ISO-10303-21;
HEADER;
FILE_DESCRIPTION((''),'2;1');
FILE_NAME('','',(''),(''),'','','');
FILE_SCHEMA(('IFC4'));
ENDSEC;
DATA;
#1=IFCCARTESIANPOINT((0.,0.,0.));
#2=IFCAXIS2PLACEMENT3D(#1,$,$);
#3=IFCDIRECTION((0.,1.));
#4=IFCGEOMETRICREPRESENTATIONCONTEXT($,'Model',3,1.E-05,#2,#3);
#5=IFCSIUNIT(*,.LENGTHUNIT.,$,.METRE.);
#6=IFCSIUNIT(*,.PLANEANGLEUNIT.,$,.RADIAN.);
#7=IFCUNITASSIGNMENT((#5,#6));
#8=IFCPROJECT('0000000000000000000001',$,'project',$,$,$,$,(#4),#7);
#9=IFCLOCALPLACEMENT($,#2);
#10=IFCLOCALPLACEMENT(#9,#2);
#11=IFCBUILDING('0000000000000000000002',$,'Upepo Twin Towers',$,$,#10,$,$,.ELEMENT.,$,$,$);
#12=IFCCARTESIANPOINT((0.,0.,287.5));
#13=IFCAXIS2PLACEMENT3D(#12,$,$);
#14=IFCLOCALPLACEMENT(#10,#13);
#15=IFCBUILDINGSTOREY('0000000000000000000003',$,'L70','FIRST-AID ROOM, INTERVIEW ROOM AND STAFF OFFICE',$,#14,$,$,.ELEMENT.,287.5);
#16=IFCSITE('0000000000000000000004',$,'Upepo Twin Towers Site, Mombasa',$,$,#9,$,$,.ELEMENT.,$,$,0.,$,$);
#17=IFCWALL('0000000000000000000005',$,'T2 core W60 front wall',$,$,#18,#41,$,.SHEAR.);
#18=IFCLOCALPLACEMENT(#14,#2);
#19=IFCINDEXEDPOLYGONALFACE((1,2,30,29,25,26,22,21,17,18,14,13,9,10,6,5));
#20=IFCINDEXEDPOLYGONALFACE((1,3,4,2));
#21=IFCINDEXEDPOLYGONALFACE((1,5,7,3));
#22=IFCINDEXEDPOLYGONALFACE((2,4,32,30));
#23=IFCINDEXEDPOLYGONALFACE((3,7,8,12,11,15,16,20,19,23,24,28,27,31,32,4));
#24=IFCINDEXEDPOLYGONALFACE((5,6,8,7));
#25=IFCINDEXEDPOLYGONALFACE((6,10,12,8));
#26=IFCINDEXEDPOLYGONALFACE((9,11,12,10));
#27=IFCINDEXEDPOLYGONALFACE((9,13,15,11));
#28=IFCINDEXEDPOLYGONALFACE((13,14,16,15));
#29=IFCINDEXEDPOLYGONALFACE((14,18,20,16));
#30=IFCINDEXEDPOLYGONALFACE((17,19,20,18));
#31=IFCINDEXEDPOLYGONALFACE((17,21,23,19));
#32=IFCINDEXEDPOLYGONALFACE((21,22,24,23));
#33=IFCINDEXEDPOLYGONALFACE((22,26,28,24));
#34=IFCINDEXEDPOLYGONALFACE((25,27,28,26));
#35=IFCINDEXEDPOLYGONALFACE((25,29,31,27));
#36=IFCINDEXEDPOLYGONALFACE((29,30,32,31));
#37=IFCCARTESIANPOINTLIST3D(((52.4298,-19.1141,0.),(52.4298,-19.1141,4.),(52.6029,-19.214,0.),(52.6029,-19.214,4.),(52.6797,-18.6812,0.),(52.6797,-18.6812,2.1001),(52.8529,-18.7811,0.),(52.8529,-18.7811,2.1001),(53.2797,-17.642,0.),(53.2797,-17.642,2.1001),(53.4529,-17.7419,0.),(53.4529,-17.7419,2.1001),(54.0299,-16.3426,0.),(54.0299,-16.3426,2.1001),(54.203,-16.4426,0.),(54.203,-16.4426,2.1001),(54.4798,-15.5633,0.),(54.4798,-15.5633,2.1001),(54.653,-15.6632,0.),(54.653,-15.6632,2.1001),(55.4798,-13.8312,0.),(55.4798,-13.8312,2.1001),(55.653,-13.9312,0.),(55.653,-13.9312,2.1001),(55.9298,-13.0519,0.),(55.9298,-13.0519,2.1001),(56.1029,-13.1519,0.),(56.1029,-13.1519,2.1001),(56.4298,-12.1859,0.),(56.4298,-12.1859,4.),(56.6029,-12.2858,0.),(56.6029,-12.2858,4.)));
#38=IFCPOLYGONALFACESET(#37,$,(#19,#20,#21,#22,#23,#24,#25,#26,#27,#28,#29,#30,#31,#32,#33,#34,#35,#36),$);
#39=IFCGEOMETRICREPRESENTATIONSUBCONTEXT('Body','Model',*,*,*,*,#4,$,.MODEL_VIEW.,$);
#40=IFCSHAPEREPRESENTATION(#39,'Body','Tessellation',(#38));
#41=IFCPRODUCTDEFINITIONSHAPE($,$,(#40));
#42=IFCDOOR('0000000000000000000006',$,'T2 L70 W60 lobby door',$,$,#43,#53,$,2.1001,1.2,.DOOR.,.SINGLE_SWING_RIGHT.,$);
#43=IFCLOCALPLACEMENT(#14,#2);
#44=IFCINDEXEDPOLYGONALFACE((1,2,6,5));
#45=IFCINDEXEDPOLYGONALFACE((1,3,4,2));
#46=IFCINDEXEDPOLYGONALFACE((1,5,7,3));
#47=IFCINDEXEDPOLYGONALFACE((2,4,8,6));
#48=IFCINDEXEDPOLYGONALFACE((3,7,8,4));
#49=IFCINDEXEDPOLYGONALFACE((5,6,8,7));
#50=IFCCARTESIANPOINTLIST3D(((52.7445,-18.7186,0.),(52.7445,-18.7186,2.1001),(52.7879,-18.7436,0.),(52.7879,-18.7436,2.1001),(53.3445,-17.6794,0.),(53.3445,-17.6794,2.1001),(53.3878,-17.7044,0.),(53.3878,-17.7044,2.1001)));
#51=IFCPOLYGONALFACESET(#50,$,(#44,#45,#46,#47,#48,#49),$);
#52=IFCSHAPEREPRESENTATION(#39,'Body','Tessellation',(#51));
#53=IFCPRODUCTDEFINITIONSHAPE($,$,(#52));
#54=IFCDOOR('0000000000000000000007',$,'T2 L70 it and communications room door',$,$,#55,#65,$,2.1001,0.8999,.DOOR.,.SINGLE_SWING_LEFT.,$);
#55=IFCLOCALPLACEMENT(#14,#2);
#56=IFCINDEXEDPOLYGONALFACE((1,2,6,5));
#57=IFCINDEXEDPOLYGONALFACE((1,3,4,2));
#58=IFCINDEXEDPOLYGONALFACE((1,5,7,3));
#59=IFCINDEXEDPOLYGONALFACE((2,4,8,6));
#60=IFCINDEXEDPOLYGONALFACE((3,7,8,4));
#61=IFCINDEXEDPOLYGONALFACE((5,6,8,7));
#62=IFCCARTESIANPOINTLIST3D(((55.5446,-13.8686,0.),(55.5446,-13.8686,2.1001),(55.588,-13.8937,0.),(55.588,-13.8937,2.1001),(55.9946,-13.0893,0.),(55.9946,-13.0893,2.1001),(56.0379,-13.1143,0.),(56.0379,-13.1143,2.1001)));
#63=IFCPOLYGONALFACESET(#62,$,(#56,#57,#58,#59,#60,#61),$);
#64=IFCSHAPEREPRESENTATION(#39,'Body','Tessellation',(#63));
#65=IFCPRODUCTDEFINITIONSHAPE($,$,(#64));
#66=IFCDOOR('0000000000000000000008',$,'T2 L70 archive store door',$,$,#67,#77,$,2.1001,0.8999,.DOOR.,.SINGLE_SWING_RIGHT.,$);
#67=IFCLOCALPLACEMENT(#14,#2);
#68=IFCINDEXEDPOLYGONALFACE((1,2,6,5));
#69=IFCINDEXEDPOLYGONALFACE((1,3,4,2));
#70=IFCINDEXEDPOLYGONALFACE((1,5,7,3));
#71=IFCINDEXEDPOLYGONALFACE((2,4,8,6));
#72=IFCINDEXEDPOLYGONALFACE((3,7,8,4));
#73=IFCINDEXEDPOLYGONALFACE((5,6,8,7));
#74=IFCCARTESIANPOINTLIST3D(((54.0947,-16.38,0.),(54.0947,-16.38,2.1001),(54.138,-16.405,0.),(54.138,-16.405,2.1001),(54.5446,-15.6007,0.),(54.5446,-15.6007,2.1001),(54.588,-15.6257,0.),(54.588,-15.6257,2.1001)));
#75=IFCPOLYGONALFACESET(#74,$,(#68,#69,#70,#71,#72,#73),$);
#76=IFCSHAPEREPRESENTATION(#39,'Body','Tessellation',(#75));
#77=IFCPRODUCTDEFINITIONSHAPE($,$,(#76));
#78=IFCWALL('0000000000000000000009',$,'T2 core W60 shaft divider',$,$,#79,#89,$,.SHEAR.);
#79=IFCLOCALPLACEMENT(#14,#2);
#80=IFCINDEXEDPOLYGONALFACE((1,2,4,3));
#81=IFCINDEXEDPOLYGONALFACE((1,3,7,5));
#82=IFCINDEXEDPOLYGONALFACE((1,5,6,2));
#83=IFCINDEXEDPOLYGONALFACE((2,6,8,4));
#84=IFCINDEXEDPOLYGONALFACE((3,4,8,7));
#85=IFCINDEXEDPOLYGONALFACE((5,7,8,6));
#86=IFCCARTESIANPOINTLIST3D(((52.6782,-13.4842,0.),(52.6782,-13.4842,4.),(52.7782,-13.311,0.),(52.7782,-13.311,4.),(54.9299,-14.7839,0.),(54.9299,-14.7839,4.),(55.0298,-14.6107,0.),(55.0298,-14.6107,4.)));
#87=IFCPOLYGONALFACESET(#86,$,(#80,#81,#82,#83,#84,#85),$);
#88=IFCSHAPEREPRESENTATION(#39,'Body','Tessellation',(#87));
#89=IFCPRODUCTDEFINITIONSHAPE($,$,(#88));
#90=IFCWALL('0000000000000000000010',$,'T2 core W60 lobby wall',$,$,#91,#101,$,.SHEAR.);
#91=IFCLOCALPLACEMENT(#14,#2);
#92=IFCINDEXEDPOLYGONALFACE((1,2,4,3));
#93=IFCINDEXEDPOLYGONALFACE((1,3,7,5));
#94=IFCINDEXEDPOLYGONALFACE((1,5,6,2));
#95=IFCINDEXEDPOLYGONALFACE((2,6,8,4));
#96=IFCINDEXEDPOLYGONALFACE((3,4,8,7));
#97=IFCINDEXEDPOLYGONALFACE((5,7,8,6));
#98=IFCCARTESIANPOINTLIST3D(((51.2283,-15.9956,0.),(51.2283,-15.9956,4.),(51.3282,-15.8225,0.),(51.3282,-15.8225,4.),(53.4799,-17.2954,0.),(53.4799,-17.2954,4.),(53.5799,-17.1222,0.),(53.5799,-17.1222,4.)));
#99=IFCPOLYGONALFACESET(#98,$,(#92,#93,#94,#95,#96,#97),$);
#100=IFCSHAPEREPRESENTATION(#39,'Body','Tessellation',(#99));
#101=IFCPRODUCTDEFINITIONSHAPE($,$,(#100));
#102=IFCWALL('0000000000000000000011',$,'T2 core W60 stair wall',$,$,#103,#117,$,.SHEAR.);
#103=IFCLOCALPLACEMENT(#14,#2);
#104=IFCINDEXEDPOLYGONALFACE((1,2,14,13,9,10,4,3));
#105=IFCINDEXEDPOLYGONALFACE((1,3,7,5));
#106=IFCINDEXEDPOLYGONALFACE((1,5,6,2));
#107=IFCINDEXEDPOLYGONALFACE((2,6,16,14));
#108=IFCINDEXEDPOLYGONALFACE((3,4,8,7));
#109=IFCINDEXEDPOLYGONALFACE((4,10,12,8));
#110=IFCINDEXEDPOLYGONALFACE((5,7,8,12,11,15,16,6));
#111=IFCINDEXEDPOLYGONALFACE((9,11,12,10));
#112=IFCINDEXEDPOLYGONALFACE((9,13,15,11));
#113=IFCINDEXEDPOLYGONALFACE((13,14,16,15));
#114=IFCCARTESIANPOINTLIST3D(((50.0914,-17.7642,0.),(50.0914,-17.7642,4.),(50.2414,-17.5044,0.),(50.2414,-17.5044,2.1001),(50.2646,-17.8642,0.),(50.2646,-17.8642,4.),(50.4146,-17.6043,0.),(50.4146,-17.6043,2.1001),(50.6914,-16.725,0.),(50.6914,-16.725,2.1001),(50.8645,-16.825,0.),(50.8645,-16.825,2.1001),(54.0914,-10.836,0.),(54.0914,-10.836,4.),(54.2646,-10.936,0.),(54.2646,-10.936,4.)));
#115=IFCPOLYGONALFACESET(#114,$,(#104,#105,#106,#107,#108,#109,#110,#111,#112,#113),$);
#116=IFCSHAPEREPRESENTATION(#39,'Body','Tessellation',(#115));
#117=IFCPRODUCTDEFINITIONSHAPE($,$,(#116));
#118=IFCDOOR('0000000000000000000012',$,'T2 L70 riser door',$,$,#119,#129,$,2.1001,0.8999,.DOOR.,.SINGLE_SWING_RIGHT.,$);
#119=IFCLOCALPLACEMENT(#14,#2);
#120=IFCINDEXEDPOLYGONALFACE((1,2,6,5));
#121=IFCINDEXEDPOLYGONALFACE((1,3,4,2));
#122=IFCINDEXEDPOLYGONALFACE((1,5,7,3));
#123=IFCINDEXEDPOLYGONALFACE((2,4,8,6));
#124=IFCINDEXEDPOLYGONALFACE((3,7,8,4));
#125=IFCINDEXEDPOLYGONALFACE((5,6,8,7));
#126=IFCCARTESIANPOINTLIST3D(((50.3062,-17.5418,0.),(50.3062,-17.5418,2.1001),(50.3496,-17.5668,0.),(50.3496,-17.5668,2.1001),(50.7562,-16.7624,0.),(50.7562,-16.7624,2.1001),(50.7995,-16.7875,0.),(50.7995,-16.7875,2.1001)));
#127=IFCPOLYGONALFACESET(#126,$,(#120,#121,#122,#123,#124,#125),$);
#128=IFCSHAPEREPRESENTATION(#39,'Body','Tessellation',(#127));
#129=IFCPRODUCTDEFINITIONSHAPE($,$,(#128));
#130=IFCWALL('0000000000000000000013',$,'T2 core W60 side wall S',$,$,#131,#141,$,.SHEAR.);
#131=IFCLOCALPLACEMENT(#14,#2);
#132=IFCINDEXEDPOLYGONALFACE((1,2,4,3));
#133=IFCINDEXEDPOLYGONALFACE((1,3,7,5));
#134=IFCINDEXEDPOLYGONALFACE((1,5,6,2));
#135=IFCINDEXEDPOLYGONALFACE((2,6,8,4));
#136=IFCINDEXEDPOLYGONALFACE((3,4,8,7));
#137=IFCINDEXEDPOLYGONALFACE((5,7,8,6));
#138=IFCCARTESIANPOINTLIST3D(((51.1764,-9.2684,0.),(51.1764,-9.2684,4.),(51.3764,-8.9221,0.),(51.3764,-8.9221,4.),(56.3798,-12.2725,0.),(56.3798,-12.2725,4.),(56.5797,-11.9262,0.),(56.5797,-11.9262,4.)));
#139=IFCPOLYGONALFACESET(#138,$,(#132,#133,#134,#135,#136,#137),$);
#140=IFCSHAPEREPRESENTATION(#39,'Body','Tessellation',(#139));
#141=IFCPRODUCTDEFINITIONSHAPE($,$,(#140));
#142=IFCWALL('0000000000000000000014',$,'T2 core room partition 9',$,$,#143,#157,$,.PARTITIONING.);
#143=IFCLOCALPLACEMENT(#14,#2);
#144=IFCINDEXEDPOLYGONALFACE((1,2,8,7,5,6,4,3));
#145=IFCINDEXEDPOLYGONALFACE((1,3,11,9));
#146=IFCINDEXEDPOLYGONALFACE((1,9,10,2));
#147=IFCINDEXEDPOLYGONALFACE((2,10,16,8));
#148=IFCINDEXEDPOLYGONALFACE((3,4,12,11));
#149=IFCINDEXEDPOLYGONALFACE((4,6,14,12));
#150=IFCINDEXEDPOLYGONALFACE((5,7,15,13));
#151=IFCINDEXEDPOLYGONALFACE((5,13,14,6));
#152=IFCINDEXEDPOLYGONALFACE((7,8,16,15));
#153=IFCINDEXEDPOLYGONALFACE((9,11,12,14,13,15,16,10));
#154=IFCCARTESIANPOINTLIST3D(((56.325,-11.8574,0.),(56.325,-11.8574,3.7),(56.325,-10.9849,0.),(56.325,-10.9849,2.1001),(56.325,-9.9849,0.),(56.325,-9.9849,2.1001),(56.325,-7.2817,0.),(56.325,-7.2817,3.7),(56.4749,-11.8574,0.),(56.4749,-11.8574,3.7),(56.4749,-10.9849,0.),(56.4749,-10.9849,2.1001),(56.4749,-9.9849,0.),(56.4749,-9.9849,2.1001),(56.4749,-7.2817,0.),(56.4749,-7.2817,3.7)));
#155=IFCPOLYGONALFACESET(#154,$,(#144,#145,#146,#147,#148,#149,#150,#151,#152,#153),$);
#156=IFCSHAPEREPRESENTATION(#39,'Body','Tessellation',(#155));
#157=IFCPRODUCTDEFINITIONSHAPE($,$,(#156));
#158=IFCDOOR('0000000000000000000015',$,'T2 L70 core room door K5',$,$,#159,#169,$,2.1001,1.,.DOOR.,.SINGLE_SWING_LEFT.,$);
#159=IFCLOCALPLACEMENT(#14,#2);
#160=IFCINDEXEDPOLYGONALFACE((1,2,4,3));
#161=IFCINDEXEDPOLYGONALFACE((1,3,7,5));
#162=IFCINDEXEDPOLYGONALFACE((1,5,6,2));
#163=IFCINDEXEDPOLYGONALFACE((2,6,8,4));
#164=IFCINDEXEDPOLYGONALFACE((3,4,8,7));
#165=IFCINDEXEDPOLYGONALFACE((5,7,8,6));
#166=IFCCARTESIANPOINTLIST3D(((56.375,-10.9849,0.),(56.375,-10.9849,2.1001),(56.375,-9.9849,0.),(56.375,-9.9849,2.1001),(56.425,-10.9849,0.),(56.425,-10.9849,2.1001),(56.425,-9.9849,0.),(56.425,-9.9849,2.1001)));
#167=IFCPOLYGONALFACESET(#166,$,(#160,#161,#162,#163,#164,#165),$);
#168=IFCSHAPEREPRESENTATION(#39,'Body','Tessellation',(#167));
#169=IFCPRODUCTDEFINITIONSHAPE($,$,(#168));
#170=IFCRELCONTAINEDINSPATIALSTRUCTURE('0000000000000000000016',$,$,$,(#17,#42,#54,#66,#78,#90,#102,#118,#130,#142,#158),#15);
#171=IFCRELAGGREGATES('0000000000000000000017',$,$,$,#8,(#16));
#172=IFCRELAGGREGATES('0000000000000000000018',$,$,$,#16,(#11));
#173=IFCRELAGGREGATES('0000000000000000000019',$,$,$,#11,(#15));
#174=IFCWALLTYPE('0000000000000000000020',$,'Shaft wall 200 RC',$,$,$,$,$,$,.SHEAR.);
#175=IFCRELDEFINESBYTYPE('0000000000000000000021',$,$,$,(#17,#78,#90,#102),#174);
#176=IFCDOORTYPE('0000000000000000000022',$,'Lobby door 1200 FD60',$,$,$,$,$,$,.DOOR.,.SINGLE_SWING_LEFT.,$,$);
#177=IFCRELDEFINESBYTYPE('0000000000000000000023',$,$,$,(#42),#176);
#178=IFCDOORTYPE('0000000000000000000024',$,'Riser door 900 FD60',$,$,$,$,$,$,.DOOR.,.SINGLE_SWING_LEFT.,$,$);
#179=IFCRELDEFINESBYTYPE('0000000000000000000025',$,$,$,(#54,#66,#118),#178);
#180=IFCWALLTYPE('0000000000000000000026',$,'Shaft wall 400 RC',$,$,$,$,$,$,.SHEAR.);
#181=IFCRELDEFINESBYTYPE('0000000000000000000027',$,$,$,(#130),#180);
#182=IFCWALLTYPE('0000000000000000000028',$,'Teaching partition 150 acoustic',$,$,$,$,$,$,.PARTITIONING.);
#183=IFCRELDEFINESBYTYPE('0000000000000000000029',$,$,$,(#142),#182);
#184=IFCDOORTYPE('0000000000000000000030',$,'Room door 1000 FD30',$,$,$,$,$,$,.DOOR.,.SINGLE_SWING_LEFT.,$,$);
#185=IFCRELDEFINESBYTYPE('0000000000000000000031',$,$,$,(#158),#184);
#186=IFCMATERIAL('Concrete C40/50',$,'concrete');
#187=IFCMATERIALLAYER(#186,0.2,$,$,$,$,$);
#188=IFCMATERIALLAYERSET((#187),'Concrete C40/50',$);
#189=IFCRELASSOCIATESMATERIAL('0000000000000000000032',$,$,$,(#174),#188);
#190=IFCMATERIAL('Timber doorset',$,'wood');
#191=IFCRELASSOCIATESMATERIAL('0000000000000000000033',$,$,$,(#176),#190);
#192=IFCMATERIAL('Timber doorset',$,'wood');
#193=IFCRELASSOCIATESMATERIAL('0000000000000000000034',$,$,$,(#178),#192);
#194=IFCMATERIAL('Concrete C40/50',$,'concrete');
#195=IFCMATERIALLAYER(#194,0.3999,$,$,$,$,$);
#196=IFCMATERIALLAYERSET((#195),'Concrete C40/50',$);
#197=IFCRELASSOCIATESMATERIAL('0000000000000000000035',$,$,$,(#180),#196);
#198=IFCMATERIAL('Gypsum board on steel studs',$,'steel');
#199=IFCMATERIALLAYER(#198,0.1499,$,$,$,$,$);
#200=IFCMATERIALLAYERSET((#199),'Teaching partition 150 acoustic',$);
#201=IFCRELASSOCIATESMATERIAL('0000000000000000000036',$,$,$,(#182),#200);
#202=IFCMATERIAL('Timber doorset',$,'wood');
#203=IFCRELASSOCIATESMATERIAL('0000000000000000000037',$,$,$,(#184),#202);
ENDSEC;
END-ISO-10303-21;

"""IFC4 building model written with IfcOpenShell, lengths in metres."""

from ifc_helpers import new_model, si_unit, direction, frame, frame_2d, origin, place, context, subcontext, project, spatial, rectangle, extrude, material, layer, layer_set, type_object, element, fill, save


model = new_model("IFC4")

# Units and contexts
model_context = context("Model", 3, precision=1e-05, world=origin(), true_north=direction((0.0, 1.0)))
body_context = subcontext(model_context, "Body", "Model", "MODEL_VIEW")
ifc_project = project(units=[si_unit("LENGTHUNIT", "METRE"), si_unit("PLANEANGLEUNIT", "RADIAN")], contexts=[model_context])

# Site, building, storey
site_placement = place(None, origin())
site = spatial("IfcSite", under=ifc_project, at=site_placement, Name="Upepo Twin Towers Site, Mombasa", CompositionType="ELEMENT", RefElevation=0.0)
building_placement = place(site_placement, origin())
building = spatial("IfcBuilding", under=site, at=building_placement, Name="Upepo Twin Towers", CompositionType="ELEMENT")
storey_placement = place(building_placement, frame((0.0, 0.0, 287.5)))
storey = spatial("IfcBuildingStorey", under=building, at=storey_placement, Name="L70", Description="FIRST-AID ROOM, INTERVIEW ROOM AND STAFF OFFICE", CompositionType="ELEMENT", Elevation=287.5)

# Wall, openings, doors
ifc_material_1 = material(Name="Concrete C40/50", Category="concrete")
ifc_layer_1 = layer(ifc_material_1, 0.2)
ifc_layer_set_1 = layer_set([ifc_layer_1], Name="Concrete C40/50")
wall_type_1 = type_object("IfcWallType", Name="Shaft wall 200 RC", PredefinedType="SHEAR", material=ifc_layer_set_1)
wall_1_placement = place(storey_placement, frame((56.5164, -12.2358, 0.0), z_axis=(0.0, 0.0, 1.0), x_axis=(-0.499999, -0.866026, 0.0)))
wall_1 = element("IfcWall", 1, at=wall_1_placement, inside=storey, type_object=wall_type_1, Name="T2 core W60 front wall", PredefinedType="SHEAR", context=body_context, shape_type="SweptSolid", body=[
    extrude(rectangle(XDim=8.0, YDim=0.2, at=frame_2d((4.0, 0.0))), origin(), (0.0, 0.0, 1.0), 4.0),
])
opening_1_placement = place(wall_1_placement, frame((6.3, 0.0, 0.0)))
opening_1 = element("IfcOpeningElement", 2, at=opening_1_placement, cuts=wall_1, PredefinedType="OPENING", context=body_context, shape_type="SweptSolid", body=[
    extrude(rectangle(XDim=1.2, YDim=2.1001, at=frame_2d((0.6001, 1.05))), frame((0.0, 0.1099, 0.0), z_axis=(0.0, -1.0, 0.0), x_axis=(1.0, 0.0, 0.0)), (0.0, 0.0, 1.0), 0.22),
])
opening_2_placement = place(wall_1_placement, frame((1.0, 0.0, 0.0)))
opening_2 = element("IfcOpeningElement", 3, at=opening_2_placement, cuts=wall_1, PredefinedType="OPENING", context=body_context, shape_type="SweptSolid", body=[
    extrude(rectangle(XDim=0.8999, YDim=2.1001, at=frame_2d((0.45, 1.05))), frame((0.0, 0.1099, 0.0), z_axis=(0.0, -1.0, 0.0), x_axis=(1.0, 0.0, 0.0)), (0.0, 0.0, 1.0), 0.22),
])
opening_3_placement = place(wall_1_placement, frame((3.8999, 0.0, 0.0)))
opening_3 = element("IfcOpeningElement", 4, at=opening_3_placement, cuts=wall_1, PredefinedType="OPENING", context=body_context, shape_type="SweptSolid", body=[
    extrude(rectangle(XDim=0.8999, YDim=2.1001, at=frame_2d((0.45, 1.05))), frame((0.0, 0.1099, 0.0), z_axis=(0.0, -1.0, 0.0), x_axis=(1.0, 0.0, 0.0)), (0.0, 0.0, 1.0), 0.22),
])
ifc_material_2 = material(Name="Timber doorset", Category="wood")
door_type_1 = type_object("IfcDoorType", Name="Lobby door 1200 FD60", OperationType="SINGLE_SWING_LEFT", PredefinedType="DOOR", material=ifc_material_2)
door_1_placement = place(opening_1_placement, origin())
door_1 = element("IfcDoor", 5, at=door_1_placement, inside=storey, type_object=door_type_1, Name="T2 L70 W60 lobby door", OperationType="SINGLE_SWING_RIGHT", OverallHeight=2.1001, OverallWidth=1.2, PredefinedType="DOOR", context=body_context, shape_type="SweptSolid", body=[
    extrude(rectangle(XDim=1.2, YDim=2.1001, at=frame_2d((0.6001, 1.05))), frame((0.0, 0.0249, 0.0), z_axis=(0.0, -1.0, 0.0), x_axis=(1.0, 0.0, 0.0)), (0.0, 0.0, 1.0), 0.05),
])
fill(opening_1, door_1)
ifc_material_3 = material(Name="Timber doorset", Category="wood")
door_type_2 = type_object("IfcDoorType", Name="Riser door 900 FD60", OperationType="SINGLE_SWING_LEFT", PredefinedType="DOOR", material=ifc_material_3)
door_2_placement = place(opening_2_placement, origin())
door_2 = element("IfcDoor", 6, at=door_2_placement, inside=storey, type_object=door_type_2, Name="T2 L70 it and communications room door", OperationType="SINGLE_SWING_LEFT", OverallHeight=2.1001, OverallWidth=0.8999, PredefinedType="DOOR", context=body_context, shape_type="SweptSolid", body=[
    extrude(rectangle(XDim=0.8999, YDim=2.1001, at=frame_2d((0.45, 1.05))), frame((0.0, 0.0249, 0.0), z_axis=(0.0, -1.0, 0.0), x_axis=(1.0, 0.0, 0.0)), (0.0, 0.0, 1.0), 0.05),
])
fill(opening_2, door_2)
door_3_placement = place(opening_3_placement, origin())
door_3 = element("IfcDoor", 7, at=door_3_placement, inside=storey, type_object=door_type_2, Name="T2 L70 archive store door", OperationType="SINGLE_SWING_RIGHT", OverallHeight=2.1001, OverallWidth=0.8999, PredefinedType="DOOR", context=body_context, shape_type="SweptSolid", body=[
    extrude(rectangle(XDim=0.8999, YDim=2.1001, at=frame_2d((0.45, 1.05))), frame((0.0, 0.0249, 0.0), z_axis=(0.0, -1.0, 0.0), x_axis=(1.0, 0.0, 0.0)), (0.0, 0.0, 1.0), 0.05),
])
fill(opening_3, door_3)

# Walls
for number, where, z_axis, x_axis, name in (
    (8, (54.9797, -14.6973, 0.0), (0.0, 0.0, 1.0), (-0.866062, 0.499937, 0.0), "T2 core W60 shaft divider"),
    (9, (53.5298, -17.2087, 0.0), (0.0, 0.0, 1.0), (-0.866062, 0.499937, 0.0), "T2 core W60 lobby wall"),
):
    element("IfcWall", number, at=place(storey_placement, frame(where, z_axis=z_axis, x_axis=x_axis)), inside=storey, type_object=wall_type_1, Name=name, PredefinedType="SHEAR", context=body_context, shape_type="SweptSolid", body=[
        extrude(rectangle(XDim=2.5999, YDim=0.2, at=frame_2d((1.2998, 0.0))), origin(), (0.0, 0.0, 1.0), 4.0),
    ])

# Wall, opening, door
wall_2_placement = place(storey_placement, frame((54.178, -10.886, 0.0), z_axis=(0.0, 0.0, 1.0), x_axis=(-0.499999, -0.866026, 0.0)))
wall_2 = element("IfcWall", 10, at=wall_2_placement, inside=storey, type_object=wall_type_1, Name="T2 core W60 stair wall", PredefinedType="SHEAR", context=body_context, shape_type="SweptSolid", body=[
    extrude(rectangle(XDim=8.0, YDim=0.2, at=frame_2d((4.0, 0.0))), origin(), (0.0, 0.0, 1.0), 4.0),
])
opening_4_placement = place(wall_2_placement, frame((6.8, 0.0, 0.0)))
opening_4 = element("IfcOpeningElement", 11, at=opening_4_placement, cuts=wall_2, PredefinedType="OPENING", context=body_context, shape_type="SweptSolid", body=[
    extrude(rectangle(XDim=0.8999, YDim=2.1001, at=frame_2d((0.45, 1.05))), frame((0.0, 0.1099, 0.0), z_axis=(0.0, -1.0, 0.0), x_axis=(1.0, 0.0, 0.0)), (0.0, 0.0, 1.0), 0.22),
])
door_4_placement = place(opening_4_placement, origin())
door_4 = element("IfcDoor", 12, at=door_4_placement, inside=storey, type_object=door_type_2, Name="T2 L70 riser door", OperationType="SINGLE_SWING_RIGHT", OverallHeight=2.1001, OverallWidth=0.8999, PredefinedType="DOOR", context=body_context, shape_type="SweptSolid", body=[
    extrude(rectangle(XDim=0.8999, YDim=2.1001, at=frame_2d((0.45, 1.05))), frame((0.0, 0.0249, 0.0), z_axis=(0.0, -1.0, 0.0), x_axis=(1.0, 0.0, 0.0)), (0.0, 0.0, 1.0), 0.05),
])
fill(opening_4, door_4)

# Wall
ifc_material_4 = material(Name="Concrete C40/50", Category="concrete")
ifc_layer_2 = layer(ifc_material_4, 0.3999)
ifc_layer_set_2 = layer_set([ifc_layer_2], Name="Concrete C40/50")
wall_type_2 = type_object("IfcWallType", Name="Shaft wall 400 RC", PredefinedType="SHEAR", material=ifc_layer_set_2)
wall_3_placement = place(storey_placement, frame((56.4797, -12.0994, 0.0), z_axis=(0.0, 0.0, 1.0), x_axis=(-0.866027, 0.499998, 0.0)))
element("IfcWall", 13, at=wall_3_placement, inside=storey, type_object=wall_type_2, Name="T2 core W60 side wall S", PredefinedType="SHEAR", context=body_context, shape_type="SweptSolid", body=[
    extrude(rectangle(XDim=6.0083, YDim=0.3999, at=frame_2d((3.0042, 0.0))), origin(), (0.0, 0.0, 1.0), 4.0),
])

# Wall, opening, door
ifc_material_5 = material(Name="Gypsum board on steel studs", Category="steel")
ifc_layer_3 = layer(ifc_material_5, 0.1499)
ifc_layer_set_3 = layer_set([ifc_layer_3], Name="Teaching partition 150 acoustic")
wall_type_3 = type_object("IfcWallType", Name="Teaching partition 150 acoustic", PredefinedType="PARTITIONING", material=ifc_layer_set_3)
wall_4_placement = place(storey_placement, frame((56.3999, -11.8574, 0.0), z_axis=(0.0, 0.0, 1.0), x_axis=(0.0, 1.0, 0.0)))
wall_4 = element("IfcWall", 14, at=wall_4_placement, inside=storey, type_object=wall_type_3, Name="T2 core room partition 9", PredefinedType="PARTITIONING", context=body_context, shape_type="SweptSolid", body=[
    extrude(rectangle(XDim=4.5757, YDim=0.1499, at=frame_2d((2.2878, 0.0))), origin(), (0.0, 0.0, 1.0), 3.7),
])
opening_5_placement = place(wall_4_placement, frame((0.8726, 0.0, 0.0)))
opening_5 = element("IfcOpeningElement", 15, at=opening_5_placement, cuts=wall_4, PredefinedType="OPENING", context=body_context, shape_type="SweptSolid", body=[
    extrude(rectangle(XDim=1.0, YDim=2.1001, at=frame_2d((0.5, 1.05))), frame((0.0, 0.085, 0.0), z_axis=(0.0, -1.0, 0.0), x_axis=(1.0, 0.0, 0.0)), (0.0, 0.0, 1.0), 0.1699),
])
ifc_material_6 = material(Name="Timber doorset", Category="wood")
door_type_3 = type_object("IfcDoorType", Name="Room door 1000 FD30", OperationType="SINGLE_SWING_LEFT", PredefinedType="DOOR", material=ifc_material_6)
door_5_placement = place(opening_5_placement, origin())
door_5 = element("IfcDoor", 16, at=door_5_placement, inside=storey, type_object=door_type_3, Name="T2 L70 core room door K5", OperationType="SINGLE_SWING_LEFT", OverallHeight=2.1001, OverallWidth=1.0, PredefinedType="DOOR", context=body_context, shape_type="SweptSolid", body=[
    extrude(rectangle(XDim=1.0, YDim=2.1001, at=frame_2d((0.5, 1.05))), frame((0.0, 0.0249, 0.0), z_axis=(0.0, -1.0, 0.0), x_axis=(1.0, 0.0, 0.0)), (0.0, 0.0, 1.0), 0.05),
])
fill(opening_5, door_5)

save(model, "model.ifc")
